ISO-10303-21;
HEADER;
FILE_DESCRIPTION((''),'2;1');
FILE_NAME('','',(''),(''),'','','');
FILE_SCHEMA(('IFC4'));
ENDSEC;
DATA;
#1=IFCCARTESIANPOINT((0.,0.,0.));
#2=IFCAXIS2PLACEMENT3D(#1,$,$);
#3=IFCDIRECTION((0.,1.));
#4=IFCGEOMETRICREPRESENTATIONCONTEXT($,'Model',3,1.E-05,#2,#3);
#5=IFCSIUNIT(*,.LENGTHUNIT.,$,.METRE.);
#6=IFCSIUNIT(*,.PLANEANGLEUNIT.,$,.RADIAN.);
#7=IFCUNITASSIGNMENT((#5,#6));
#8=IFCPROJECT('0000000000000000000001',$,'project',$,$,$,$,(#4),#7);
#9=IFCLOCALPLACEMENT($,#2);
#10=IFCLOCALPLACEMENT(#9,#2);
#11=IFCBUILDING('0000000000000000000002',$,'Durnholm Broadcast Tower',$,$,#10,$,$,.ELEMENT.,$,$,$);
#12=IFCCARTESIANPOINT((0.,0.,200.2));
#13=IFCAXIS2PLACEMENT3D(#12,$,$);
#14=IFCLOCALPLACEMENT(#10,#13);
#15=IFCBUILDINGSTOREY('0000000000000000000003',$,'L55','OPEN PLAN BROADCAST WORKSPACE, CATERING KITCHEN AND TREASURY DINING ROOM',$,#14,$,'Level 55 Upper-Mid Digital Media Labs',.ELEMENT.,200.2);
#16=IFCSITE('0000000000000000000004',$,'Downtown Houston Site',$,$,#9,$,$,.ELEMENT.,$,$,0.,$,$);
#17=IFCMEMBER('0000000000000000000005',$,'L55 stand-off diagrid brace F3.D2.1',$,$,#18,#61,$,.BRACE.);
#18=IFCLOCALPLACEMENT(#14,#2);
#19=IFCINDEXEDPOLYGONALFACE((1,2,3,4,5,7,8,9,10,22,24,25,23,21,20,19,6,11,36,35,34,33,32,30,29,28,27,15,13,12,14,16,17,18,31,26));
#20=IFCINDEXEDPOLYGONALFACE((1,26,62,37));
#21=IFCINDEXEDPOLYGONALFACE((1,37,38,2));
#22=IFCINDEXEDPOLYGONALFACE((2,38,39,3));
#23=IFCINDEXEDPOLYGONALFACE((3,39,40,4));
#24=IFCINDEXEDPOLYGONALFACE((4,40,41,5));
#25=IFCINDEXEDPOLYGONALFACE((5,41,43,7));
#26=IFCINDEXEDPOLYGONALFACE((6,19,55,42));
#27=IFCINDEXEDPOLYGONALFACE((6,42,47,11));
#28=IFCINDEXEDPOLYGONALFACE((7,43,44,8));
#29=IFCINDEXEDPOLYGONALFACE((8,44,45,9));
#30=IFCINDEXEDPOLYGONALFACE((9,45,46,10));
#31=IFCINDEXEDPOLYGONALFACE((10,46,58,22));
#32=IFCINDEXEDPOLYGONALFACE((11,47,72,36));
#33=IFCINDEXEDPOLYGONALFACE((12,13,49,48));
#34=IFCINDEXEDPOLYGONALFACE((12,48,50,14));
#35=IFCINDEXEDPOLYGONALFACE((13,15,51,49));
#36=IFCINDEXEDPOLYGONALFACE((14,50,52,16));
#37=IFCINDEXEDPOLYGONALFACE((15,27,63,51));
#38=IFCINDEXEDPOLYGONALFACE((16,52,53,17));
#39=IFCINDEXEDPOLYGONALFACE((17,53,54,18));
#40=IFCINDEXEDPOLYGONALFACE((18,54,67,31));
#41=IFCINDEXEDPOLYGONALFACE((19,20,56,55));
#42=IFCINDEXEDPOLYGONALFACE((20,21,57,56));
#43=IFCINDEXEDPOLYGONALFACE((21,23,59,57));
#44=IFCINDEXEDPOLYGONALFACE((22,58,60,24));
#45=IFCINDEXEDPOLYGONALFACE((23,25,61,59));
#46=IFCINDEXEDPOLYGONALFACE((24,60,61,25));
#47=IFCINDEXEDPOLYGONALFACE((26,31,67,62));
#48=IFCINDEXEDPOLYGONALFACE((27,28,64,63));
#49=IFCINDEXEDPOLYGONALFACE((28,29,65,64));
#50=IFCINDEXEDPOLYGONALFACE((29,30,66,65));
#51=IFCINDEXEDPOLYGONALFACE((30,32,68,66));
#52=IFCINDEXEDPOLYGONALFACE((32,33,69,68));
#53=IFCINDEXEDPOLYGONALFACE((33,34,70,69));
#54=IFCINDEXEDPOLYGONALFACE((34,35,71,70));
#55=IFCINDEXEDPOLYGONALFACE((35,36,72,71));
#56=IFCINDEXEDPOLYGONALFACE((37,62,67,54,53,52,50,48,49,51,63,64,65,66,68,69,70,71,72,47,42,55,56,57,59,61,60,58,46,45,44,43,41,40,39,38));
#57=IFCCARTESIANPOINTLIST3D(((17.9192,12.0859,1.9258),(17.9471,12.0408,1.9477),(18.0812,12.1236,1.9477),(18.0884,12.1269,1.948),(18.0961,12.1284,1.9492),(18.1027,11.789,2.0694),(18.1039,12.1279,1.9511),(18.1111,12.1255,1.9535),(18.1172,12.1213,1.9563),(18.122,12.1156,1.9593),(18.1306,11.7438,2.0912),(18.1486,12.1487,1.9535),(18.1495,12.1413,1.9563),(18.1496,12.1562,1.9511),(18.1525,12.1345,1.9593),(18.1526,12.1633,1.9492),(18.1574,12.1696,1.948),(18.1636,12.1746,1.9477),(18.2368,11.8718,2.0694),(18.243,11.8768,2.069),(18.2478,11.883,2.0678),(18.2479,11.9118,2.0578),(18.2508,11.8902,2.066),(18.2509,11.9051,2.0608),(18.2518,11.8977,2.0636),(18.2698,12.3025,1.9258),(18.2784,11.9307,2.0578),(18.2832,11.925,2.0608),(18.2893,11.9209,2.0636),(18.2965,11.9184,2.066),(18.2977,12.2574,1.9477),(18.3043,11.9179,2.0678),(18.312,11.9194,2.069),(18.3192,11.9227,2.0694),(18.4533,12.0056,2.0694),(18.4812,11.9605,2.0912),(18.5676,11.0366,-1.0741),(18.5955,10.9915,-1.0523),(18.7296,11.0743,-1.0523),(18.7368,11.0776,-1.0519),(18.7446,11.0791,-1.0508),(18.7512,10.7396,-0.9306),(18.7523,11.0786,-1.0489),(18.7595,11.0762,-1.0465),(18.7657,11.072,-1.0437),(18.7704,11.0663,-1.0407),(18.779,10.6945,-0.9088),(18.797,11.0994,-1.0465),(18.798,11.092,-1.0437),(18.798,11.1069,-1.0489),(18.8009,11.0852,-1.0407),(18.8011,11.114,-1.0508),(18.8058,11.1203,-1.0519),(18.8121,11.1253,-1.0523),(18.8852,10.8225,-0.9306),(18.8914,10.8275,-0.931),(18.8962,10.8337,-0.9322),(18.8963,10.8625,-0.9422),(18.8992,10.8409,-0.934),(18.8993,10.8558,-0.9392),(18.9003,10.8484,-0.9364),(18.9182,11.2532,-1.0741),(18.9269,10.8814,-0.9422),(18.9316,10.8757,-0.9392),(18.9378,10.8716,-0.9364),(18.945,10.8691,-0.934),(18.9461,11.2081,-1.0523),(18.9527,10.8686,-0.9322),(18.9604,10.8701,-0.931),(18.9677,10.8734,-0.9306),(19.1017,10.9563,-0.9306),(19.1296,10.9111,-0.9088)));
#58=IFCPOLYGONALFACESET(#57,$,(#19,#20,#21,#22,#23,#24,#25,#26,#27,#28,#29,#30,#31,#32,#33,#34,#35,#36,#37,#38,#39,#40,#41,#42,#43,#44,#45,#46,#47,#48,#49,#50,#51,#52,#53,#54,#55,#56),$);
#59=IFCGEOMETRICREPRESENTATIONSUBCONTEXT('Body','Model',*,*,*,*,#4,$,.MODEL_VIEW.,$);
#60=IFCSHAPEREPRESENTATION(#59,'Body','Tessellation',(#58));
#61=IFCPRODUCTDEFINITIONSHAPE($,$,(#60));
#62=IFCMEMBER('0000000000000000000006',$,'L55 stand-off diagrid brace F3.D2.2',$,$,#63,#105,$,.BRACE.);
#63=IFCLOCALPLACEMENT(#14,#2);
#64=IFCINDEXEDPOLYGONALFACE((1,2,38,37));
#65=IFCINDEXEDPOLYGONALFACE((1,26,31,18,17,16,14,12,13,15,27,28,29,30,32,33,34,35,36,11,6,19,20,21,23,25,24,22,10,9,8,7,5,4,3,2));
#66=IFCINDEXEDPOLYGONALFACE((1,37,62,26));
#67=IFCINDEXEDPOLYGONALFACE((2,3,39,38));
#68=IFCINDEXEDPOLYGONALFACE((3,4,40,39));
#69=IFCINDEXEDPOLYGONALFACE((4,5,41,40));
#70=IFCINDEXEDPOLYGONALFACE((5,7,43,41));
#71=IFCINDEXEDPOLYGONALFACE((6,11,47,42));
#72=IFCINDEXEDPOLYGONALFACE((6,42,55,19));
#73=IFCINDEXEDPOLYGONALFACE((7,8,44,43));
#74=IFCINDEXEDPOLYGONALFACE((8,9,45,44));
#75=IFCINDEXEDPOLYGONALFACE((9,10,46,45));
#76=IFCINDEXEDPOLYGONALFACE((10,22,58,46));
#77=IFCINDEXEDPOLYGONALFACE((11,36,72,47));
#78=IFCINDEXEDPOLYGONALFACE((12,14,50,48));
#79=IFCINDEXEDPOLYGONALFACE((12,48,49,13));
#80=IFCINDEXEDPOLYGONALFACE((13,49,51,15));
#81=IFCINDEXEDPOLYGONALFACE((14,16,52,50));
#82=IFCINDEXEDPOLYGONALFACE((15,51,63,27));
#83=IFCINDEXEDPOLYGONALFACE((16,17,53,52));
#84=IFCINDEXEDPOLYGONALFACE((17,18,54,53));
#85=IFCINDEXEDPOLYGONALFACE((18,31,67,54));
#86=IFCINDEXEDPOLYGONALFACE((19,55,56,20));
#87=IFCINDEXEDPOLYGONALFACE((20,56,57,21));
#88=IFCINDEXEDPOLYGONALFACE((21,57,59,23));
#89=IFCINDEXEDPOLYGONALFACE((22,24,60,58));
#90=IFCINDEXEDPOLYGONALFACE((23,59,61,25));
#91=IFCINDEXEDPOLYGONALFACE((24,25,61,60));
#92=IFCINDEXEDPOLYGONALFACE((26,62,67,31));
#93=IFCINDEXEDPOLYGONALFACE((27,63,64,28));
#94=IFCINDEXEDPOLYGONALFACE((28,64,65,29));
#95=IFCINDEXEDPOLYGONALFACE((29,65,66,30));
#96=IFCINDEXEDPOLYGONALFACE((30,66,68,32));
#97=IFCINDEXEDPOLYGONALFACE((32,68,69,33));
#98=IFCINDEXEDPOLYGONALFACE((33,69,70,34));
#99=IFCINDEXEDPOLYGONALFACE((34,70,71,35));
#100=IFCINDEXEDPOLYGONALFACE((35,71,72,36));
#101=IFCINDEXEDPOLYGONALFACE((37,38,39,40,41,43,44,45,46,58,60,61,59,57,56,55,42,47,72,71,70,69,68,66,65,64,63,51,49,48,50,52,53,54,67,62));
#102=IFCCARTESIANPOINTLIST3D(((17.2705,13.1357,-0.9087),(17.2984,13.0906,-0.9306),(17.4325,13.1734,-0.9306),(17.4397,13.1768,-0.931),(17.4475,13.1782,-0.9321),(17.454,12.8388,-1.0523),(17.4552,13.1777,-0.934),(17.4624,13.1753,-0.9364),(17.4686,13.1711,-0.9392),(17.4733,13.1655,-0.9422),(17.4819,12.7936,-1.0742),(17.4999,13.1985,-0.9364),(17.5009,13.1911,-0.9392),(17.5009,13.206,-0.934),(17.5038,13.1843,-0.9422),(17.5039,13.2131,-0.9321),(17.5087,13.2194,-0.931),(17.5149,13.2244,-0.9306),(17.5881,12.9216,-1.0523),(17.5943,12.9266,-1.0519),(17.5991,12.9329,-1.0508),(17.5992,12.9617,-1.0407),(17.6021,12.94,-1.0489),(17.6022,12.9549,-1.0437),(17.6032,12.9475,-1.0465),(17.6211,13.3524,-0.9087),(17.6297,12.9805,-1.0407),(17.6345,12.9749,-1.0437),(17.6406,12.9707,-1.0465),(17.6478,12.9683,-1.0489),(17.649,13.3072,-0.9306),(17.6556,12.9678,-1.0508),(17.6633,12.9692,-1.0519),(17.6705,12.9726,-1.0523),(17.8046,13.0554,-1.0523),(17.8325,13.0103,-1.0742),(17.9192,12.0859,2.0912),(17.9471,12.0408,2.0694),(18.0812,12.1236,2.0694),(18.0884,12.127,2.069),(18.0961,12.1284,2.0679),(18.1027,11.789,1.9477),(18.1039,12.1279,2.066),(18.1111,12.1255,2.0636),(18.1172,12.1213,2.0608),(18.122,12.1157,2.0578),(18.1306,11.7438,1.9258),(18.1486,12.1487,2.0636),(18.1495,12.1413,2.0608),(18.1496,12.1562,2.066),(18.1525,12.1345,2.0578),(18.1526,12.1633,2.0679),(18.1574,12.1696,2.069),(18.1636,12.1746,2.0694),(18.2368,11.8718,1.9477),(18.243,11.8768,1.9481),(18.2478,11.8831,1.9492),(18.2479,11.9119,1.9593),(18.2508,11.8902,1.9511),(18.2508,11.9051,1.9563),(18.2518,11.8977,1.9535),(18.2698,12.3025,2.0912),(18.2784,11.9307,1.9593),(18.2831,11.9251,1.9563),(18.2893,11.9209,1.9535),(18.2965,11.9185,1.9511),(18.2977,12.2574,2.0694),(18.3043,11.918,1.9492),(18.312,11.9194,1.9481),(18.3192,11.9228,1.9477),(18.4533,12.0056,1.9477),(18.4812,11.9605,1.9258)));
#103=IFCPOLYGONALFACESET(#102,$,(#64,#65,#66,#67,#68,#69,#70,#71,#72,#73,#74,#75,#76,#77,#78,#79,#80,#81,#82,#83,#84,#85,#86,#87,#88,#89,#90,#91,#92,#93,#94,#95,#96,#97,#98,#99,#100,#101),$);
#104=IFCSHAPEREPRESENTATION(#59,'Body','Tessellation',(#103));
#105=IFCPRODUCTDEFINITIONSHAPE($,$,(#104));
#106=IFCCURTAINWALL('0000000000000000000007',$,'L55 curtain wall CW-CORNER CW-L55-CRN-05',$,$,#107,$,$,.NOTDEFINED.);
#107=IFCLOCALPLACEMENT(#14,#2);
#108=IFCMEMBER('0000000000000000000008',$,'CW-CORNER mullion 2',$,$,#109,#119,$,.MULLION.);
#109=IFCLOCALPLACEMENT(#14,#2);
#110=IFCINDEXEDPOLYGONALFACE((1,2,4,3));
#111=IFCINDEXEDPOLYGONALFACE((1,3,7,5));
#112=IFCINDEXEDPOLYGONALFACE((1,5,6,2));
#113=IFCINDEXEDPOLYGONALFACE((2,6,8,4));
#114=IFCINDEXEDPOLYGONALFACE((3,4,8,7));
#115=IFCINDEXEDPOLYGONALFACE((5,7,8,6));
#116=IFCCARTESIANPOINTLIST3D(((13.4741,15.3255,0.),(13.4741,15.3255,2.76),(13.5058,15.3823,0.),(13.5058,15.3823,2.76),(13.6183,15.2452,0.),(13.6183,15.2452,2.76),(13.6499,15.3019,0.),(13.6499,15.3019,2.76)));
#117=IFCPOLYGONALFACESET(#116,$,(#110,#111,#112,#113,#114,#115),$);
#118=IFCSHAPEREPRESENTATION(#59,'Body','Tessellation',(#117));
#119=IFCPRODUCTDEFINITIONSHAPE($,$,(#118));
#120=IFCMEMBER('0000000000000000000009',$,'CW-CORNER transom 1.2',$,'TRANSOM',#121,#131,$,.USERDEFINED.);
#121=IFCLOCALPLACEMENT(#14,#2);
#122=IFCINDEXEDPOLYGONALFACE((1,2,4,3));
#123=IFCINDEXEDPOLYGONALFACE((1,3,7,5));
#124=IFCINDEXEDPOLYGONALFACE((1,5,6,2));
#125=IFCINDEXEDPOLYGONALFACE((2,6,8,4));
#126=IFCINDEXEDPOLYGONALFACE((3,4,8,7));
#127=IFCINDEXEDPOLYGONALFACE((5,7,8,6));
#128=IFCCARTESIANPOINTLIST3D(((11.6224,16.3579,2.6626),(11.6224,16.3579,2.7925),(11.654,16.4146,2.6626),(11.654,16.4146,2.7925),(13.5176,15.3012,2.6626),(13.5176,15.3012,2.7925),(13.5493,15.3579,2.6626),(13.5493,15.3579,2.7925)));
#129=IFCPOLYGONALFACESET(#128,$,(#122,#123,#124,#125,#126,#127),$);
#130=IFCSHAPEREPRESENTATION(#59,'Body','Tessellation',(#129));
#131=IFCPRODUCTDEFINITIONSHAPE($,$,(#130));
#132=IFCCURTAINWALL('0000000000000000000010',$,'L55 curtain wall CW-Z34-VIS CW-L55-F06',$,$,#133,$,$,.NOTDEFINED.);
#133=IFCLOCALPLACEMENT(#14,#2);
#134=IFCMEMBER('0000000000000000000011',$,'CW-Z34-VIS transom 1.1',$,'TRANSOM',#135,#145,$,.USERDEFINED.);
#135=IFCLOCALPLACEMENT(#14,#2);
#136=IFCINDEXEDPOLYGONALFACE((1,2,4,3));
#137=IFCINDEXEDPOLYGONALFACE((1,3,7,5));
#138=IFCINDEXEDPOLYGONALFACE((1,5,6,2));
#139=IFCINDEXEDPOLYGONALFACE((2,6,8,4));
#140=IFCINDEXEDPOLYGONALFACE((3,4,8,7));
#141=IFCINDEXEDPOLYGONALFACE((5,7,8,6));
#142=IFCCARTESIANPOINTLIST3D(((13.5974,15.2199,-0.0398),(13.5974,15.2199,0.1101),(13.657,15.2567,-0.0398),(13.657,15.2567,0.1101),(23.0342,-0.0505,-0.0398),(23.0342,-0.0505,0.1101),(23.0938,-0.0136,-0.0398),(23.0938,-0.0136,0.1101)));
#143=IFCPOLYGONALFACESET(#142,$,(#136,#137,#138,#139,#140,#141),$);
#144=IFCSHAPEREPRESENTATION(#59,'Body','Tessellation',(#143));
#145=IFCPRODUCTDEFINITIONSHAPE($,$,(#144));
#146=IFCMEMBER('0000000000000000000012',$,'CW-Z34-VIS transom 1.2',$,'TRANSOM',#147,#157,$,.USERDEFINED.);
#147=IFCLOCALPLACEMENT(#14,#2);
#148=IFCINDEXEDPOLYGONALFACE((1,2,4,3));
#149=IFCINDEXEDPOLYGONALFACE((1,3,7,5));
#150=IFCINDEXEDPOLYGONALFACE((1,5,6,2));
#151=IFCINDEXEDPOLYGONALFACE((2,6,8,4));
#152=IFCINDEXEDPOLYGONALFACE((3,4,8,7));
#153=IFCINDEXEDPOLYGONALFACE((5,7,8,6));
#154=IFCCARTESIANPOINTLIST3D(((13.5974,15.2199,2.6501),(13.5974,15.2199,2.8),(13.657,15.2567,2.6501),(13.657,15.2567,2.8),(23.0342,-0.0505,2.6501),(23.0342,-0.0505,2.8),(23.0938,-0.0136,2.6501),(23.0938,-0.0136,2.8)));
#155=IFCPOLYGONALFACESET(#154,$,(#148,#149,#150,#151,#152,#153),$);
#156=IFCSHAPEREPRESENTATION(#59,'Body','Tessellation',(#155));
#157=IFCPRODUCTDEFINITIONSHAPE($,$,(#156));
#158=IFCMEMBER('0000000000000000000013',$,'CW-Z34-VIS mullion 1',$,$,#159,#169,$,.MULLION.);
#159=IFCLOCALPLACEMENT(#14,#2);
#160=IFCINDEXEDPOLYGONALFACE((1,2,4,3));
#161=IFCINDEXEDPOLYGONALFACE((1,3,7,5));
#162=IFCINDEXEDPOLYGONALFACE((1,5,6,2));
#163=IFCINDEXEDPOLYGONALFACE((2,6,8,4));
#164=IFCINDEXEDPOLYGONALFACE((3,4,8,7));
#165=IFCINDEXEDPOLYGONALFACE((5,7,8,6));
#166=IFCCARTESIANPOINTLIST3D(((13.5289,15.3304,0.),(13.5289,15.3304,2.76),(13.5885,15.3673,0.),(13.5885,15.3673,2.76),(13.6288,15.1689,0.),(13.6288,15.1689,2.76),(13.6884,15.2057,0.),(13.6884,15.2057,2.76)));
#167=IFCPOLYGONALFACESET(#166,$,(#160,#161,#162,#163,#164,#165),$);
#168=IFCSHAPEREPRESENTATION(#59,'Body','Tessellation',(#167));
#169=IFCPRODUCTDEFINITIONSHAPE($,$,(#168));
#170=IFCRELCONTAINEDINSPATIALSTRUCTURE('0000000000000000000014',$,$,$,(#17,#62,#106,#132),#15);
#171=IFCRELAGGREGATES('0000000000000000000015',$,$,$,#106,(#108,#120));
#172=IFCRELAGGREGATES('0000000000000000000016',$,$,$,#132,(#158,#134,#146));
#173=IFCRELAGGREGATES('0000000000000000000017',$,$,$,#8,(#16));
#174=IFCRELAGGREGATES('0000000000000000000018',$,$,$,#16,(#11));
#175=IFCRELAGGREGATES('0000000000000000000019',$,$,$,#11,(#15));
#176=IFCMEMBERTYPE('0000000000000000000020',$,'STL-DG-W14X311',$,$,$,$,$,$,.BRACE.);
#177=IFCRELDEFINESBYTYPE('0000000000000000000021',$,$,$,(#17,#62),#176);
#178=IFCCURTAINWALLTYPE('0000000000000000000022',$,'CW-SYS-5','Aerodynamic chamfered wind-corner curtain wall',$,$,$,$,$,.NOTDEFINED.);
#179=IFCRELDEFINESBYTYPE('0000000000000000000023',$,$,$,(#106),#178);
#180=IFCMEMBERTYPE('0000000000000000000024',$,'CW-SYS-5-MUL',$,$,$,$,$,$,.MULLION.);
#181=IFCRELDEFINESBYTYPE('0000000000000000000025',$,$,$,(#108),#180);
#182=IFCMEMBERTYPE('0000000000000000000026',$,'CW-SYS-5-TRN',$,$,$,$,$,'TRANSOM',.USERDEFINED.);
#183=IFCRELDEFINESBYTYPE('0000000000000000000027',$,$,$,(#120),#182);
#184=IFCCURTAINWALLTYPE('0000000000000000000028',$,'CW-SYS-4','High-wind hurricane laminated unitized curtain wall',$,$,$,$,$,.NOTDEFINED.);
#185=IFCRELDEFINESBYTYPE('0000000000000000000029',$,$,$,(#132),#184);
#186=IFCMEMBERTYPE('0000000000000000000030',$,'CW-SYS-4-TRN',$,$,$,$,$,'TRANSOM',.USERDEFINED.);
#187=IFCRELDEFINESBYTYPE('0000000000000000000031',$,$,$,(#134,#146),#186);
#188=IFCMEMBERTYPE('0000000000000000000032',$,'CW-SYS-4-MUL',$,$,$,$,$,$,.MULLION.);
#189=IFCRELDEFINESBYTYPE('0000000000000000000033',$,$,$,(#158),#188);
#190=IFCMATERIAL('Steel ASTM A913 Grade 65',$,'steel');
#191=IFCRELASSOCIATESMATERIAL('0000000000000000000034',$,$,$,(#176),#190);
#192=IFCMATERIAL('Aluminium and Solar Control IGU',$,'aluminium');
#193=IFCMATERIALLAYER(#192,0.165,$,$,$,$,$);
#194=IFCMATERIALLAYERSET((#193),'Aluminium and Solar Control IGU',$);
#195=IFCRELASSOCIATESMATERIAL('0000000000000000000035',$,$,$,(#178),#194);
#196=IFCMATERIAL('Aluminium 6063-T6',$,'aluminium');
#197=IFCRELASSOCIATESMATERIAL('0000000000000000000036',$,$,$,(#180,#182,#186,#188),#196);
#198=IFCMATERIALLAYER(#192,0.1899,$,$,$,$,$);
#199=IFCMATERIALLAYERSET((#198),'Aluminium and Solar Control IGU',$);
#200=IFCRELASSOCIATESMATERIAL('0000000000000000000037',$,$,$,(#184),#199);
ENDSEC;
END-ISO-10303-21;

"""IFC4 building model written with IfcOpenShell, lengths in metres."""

from ifc_helpers import new_model, si_unit, direction, frame, origin, origin_2d, place, context, subcontext, project, spatial, rectangle, i_section, extrude, source, transform, mapped, material, layer, layer_set, material_profile, profile_set, type_object, type_shapes, element, aggregate, save


model = new_model("IFC4")

# Units and contexts
model_context = context("Model", 3, precision=1e-05, world=origin(), true_north=direction((0.0, 1.0)))
body_context = subcontext(model_context, "Body", "Model", "MODEL_VIEW")
ifc_project = project(units=[si_unit("LENGTHUNIT", "METRE"), si_unit("PLANEANGLEUNIT", "RADIAN")], contexts=[model_context])

# Site, building, storey
site_placement = place(None, origin())
site = spatial("IfcSite", under=ifc_project, at=site_placement, Name="Downtown Houston Site", CompositionType="ELEMENT", RefElevation=0.0)
building_placement = place(site_placement, origin())
building = spatial("IfcBuilding", under=site, at=building_placement, Name="Durnholm Broadcast Tower", CompositionType="ELEMENT")
storey_placement = place(building_placement, frame((0.0, 0.0, 200.2)))
storey = spatial("IfcBuildingStorey", under=building, at=storey_placement, Name="L55", Description="OPEN PLAN BROADCAST WORKSPACE, CATERING KITCHEN AND TREASURY DINING ROOM", LongName="Level 55 Upper-Mid Digital Media Labs", CompositionType="ELEMENT", Elevation=200.2)

# Members
ifc_material_1 = material(Name="Steel ASTM A913 Grade 65", Category="steel")
ifc_material_profile_1 = material_profile(ifc_material_1, i_section(OverallWidth=0.4121, OverallDepth=0.4348, WebThickness=0.0359, FlangeThickness=0.0574, FilletRadius=0.0305, at=origin_2d()), Name="W14X311")
ifc_profile_set_1 = profile_set([ifc_material_profile_1], Name="Steel ASTM A913 Grade 65")
member_type_1 = type_object("IfcMemberType", Name="STL-DG-W14X311", PredefinedType="BRACE", material=ifc_profile_set_1)
shared_shape_1 = source(origin(), body_context, "Body", "SweptSolid", [
    extrude(i_section(OverallWidth=0.4121, OverallDepth=0.4348, WebThickness=0.0359, FlangeThickness=0.0574, FilletRadius=0.0305, at=origin_2d()), origin(), (0.0, 0.0, 1.0), 3.2437),
])
for number, where, z_axis, x_axis, name in (
    (1, (18.8486, 10.9739, -0.9915), (-0.199907, 0.323494, 0.924872), (-0.850678, -0.525687, 0.0), "L55 stand-off diagrid brace F3.D2.1"),
):
    element("IfcMember", number, at=place(storey_placement, frame(where, z_axis=z_axis, x_axis=x_axis)), inside=storey, type_object=member_type_1, Name=name, PredefinedType="BRACE", context=body_context, shape_type="MappedRepresentation", body=[
        mapped(shared_shape_1, transform((0.0, 0.0, 0.0), x_axis=(1.0, 0.0, 0.0), y_axis=(0.0, 1.0, 0.0), z_axis=(0.0, 0.0, 1.0), scale=1.0)),
    ])
shared_shape_2 = source(origin(), body_context, "Body", "SweptSolid", [
    extrude(i_section(OverallWidth=0.4121, OverallDepth=0.4348, WebThickness=0.0359, FlangeThickness=0.0574, FilletRadius=0.0305, at=origin_2d()), origin(), (0.0, 0.0, 1.0), 3.2439),
])
type_shapes(member_type_1, [shared_shape_1, shared_shape_2])
member_1_placement = place(storey_placement, frame((17.5515, 13.073, -0.9915), z_axis=(0.19997, -0.323624, 0.924813), x_axis=(0.850699, 0.525653, 0.0)))
element("IfcMember", 2, at=member_1_placement, inside=storey, type_object=member_type_1, Name="L55 stand-off diagrid brace F3.D2.2", PredefinedType="BRACE", context=body_context, shape_type="MappedRepresentation", body=[
    mapped(shared_shape_2, transform((0.0, 0.0, 0.0), x_axis=(1.0, 0.0, 0.0), y_axis=(0.0, 1.0, 0.0), z_axis=(0.0, 0.0, 1.0), scale=1.0)),
])

# Curtain walls, members
ifc_material_2 = material(Name="Aluminium and Solar Control IGU", Category="aluminium")
ifc_layer_1 = layer(ifc_material_2, 0.165)
ifc_layer_set_1 = layer_set([ifc_layer_1], Name="Aluminium and Solar Control IGU")
curtain_wall_type_1 = type_object("IfcCurtainWallType", Name="CW-SYS-5", Description="Aerodynamic chamfered wind-corner curtain wall", PredefinedType="NOTDEFINED", material=ifc_layer_set_1)
curtain_wall_1_placement = place(storey_placement, origin())
curtain_wall_1 = element("IfcCurtainWall", 3, at=curtain_wall_1_placement, inside=storey, type_object=curtain_wall_type_1, Name="L55 curtain wall CW-CORNER CW-L55-CRN-05", PredefinedType="NOTDEFINED")
ifc_material_3 = material(Name="Aluminium 6063-T6", Category="aluminium")
ifc_material_profile_2 = material_profile(ifc_material_3, rectangle(XDim=0.0649, YDim=0.165, at=origin_2d()), Name="CWM65X165")
ifc_profile_set_2 = profile_set([ifc_material_profile_2], Name="Aluminium 6063-T6")
member_type_2 = type_object("IfcMemberType", Name="CW-SYS-5-MUL", PredefinedType="MULLION", material=ifc_profile_set_2)
shared_shape_3 = source(origin(), body_context, "Body", "SweptSolid", [
    extrude(rectangle(XDim=0.0649, YDim=0.165, at=origin_2d()), origin(), (0.0, 0.0, 1.0), 2.76),
])
type_shapes(member_type_2, [shared_shape_3])
member_2_placement = place(storey_placement, frame((13.562, 15.3137, 0.0), z_axis=(0.0, 0.0, 1.0), x_axis=(0.486986, 0.87341, 0.0)))
member_2 = element("IfcMember", 4, at=member_2_placement, type_object=member_type_2, Name="CW-CORNER mullion 2", PredefinedType="MULLION", context=body_context, shape_type="MappedRepresentation", body=[
    mapped(shared_shape_3, transform((0.0, 0.0, 0.0), x_axis=(1.0, 0.0, 0.0), y_axis=(0.0, 1.0, 0.0), z_axis=(0.0, 0.0, 1.0), scale=1.0)),
])
ifc_material_profile_3 = material_profile(ifc_material_3, rectangle(XDim=0.0649, YDim=0.1299, at=origin_2d()), Name="CWT65X130")
ifc_profile_set_3 = profile_set([ifc_material_profile_3], Name="Aluminium 6063-T6")
member_type_3 = type_object("IfcMemberType", Name="CW-SYS-5-TRN", ElementType="TRANSOM", PredefinedType="USERDEFINED", material=ifc_profile_set_3)
shared_shape_4 = source(origin(), body_context, "Body", "SweptSolid", [
    extrude(rectangle(XDim=0.0649, YDim=0.1299, at=origin_2d()), origin(), (0.0, 0.0, 1.0), 2.1699),
])
type_shapes(member_type_3, [shared_shape_4])
member_3_placement = place(storey_placement, frame((11.6382, 16.3862, 2.7275), z_axis=(0.873429, -0.486951, 0.0), x_axis=(0.486951, 0.873429, 0.0)))
member_3 = element("IfcMember", 5, at=member_3_placement, type_object=member_type_3, Name="CW-CORNER transom 1.2", ObjectType="TRANSOM", PredefinedType="USERDEFINED", context=body_context, shape_type="MappedRepresentation", body=[
    mapped(shared_shape_4, transform((0.0, 0.0, 0.0), x_axis=(1.0, 0.0, 0.0), y_axis=(0.0, 1.0, 0.0), z_axis=(0.0, 0.0, 1.0), scale=1.0)),
])
ifc_layer_2 = layer(ifc_material_2, 0.1899)
ifc_layer_set_2 = layer_set([ifc_layer_2], Name="Aluminium and Solar Control IGU")
curtain_wall_type_2 = type_object("IfcCurtainWallType", Name="CW-SYS-4", Description="High-wind hurricane laminated unitized curtain wall", PredefinedType="NOTDEFINED", material=ifc_layer_set_2)
curtain_wall_2_placement = place(storey_placement, origin())
curtain_wall_2 = element("IfcCurtainWall", 6, at=curtain_wall_2_placement, inside=storey, type_object=curtain_wall_type_2, Name="L55 curtain wall CW-Z34-VIS CW-L55-F06", PredefinedType="NOTDEFINED")
ifc_material_profile_4 = material_profile(ifc_material_3, rectangle(XDim=0.0701, YDim=0.1499, at=origin_2d()), Name="CWT70X150")
ifc_profile_set_4 = profile_set([ifc_material_profile_4], Name="Aluminium 6063-T6")
member_type_4 = type_object("IfcMemberType", Name="CW-SYS-4-TRN", ElementType="TRANSOM", PredefinedType="USERDEFINED", material=ifc_profile_set_4)
shared_shape_5 = source(origin(), body_context, "Body", "SweptSolid", [
    extrude(rectangle(XDim=0.0701, YDim=0.1499, at=origin_2d()), origin(), (0.0, 0.0, 1.0), 17.9509),
])
type_shapes(member_type_4, [shared_shape_5])
member_4_placement = place(storey_placement, frame((13.6272, 15.2383, 0.0352), z_axis=(0.5257, -0.85067, 0.0), x_axis=(0.85067, 0.5257, 0.0)))
member_4 = element("IfcMember", 7, at=member_4_placement, type_object=member_type_4, Name="CW-Z34-VIS transom 1.1", ObjectType="TRANSOM", PredefinedType="USERDEFINED", context=body_context, shape_type="MappedRepresentation", body=[
    mapped(shared_shape_5, transform((0.0, 0.0, 0.0), x_axis=(1.0, 0.0, 0.0), y_axis=(0.0, 1.0, 0.0), z_axis=(0.0, 0.0, 1.0), scale=1.0)),
])
member_5_placement = place(storey_placement, frame((13.6272, 15.2383, 2.7251), z_axis=(0.5257, -0.85067, 0.0), x_axis=(0.85067, 0.5257, 0.0)))
member_5 = element("IfcMember", 8, at=member_5_placement, type_object=member_type_4, Name="CW-Z34-VIS transom 1.2", ObjectType="TRANSOM", PredefinedType="USERDEFINED", context=body_context, shape_type="MappedRepresentation", body=[
    mapped(shared_shape_5, transform((0.0, 0.0, 0.0), x_axis=(1.0, 0.0, 0.0), y_axis=(0.0, 1.0, 0.0), z_axis=(0.0, 0.0, 1.0), scale=1.0)),
])
ifc_material_profile_5 = material_profile(ifc_material_3, rectangle(XDim=0.0701, YDim=0.1899, at=origin_2d()), Name="CWM70X190")
ifc_profile_set_5 = profile_set([ifc_material_profile_5], Name="Aluminium 6063-T6")
member_type_5 = type_object("IfcMemberType", Name="CW-SYS-4-MUL", PredefinedType="MULLION", material=ifc_profile_set_5)
shared_shape_6 = source(origin(), body_context, "Body", "SweptSolid", [
    extrude(rectangle(XDim=0.0701, YDim=0.1899, at=origin_2d()), origin(), (0.0, 0.0, 1.0), 2.76),
])
type_shapes(member_type_5, [shared_shape_6])
member_6_placement = place(storey_placement, frame((13.6086, 15.2681, 0.0), z_axis=(0.0, 0.0, 1.0), x_axis=(0.850671, 0.525698, 0.0)))
member_6 = element("IfcMember", 9, at=member_6_placement, type_object=member_type_5, Name="CW-Z34-VIS mullion 1", PredefinedType="MULLION", context=body_context, shape_type="MappedRepresentation", body=[
    mapped(shared_shape_6, transform((0.0, 0.0, 0.0), x_axis=(1.0, 0.0, 0.0), y_axis=(0.0, 1.0, 0.0), z_axis=(0.0, 0.0, 1.0), scale=1.0)),
])

aggregate(curtain_wall_1, [member_2, member_3])
aggregate(curtain_wall_2, [member_6, member_4, member_5])

save(model, "model.ifc")
